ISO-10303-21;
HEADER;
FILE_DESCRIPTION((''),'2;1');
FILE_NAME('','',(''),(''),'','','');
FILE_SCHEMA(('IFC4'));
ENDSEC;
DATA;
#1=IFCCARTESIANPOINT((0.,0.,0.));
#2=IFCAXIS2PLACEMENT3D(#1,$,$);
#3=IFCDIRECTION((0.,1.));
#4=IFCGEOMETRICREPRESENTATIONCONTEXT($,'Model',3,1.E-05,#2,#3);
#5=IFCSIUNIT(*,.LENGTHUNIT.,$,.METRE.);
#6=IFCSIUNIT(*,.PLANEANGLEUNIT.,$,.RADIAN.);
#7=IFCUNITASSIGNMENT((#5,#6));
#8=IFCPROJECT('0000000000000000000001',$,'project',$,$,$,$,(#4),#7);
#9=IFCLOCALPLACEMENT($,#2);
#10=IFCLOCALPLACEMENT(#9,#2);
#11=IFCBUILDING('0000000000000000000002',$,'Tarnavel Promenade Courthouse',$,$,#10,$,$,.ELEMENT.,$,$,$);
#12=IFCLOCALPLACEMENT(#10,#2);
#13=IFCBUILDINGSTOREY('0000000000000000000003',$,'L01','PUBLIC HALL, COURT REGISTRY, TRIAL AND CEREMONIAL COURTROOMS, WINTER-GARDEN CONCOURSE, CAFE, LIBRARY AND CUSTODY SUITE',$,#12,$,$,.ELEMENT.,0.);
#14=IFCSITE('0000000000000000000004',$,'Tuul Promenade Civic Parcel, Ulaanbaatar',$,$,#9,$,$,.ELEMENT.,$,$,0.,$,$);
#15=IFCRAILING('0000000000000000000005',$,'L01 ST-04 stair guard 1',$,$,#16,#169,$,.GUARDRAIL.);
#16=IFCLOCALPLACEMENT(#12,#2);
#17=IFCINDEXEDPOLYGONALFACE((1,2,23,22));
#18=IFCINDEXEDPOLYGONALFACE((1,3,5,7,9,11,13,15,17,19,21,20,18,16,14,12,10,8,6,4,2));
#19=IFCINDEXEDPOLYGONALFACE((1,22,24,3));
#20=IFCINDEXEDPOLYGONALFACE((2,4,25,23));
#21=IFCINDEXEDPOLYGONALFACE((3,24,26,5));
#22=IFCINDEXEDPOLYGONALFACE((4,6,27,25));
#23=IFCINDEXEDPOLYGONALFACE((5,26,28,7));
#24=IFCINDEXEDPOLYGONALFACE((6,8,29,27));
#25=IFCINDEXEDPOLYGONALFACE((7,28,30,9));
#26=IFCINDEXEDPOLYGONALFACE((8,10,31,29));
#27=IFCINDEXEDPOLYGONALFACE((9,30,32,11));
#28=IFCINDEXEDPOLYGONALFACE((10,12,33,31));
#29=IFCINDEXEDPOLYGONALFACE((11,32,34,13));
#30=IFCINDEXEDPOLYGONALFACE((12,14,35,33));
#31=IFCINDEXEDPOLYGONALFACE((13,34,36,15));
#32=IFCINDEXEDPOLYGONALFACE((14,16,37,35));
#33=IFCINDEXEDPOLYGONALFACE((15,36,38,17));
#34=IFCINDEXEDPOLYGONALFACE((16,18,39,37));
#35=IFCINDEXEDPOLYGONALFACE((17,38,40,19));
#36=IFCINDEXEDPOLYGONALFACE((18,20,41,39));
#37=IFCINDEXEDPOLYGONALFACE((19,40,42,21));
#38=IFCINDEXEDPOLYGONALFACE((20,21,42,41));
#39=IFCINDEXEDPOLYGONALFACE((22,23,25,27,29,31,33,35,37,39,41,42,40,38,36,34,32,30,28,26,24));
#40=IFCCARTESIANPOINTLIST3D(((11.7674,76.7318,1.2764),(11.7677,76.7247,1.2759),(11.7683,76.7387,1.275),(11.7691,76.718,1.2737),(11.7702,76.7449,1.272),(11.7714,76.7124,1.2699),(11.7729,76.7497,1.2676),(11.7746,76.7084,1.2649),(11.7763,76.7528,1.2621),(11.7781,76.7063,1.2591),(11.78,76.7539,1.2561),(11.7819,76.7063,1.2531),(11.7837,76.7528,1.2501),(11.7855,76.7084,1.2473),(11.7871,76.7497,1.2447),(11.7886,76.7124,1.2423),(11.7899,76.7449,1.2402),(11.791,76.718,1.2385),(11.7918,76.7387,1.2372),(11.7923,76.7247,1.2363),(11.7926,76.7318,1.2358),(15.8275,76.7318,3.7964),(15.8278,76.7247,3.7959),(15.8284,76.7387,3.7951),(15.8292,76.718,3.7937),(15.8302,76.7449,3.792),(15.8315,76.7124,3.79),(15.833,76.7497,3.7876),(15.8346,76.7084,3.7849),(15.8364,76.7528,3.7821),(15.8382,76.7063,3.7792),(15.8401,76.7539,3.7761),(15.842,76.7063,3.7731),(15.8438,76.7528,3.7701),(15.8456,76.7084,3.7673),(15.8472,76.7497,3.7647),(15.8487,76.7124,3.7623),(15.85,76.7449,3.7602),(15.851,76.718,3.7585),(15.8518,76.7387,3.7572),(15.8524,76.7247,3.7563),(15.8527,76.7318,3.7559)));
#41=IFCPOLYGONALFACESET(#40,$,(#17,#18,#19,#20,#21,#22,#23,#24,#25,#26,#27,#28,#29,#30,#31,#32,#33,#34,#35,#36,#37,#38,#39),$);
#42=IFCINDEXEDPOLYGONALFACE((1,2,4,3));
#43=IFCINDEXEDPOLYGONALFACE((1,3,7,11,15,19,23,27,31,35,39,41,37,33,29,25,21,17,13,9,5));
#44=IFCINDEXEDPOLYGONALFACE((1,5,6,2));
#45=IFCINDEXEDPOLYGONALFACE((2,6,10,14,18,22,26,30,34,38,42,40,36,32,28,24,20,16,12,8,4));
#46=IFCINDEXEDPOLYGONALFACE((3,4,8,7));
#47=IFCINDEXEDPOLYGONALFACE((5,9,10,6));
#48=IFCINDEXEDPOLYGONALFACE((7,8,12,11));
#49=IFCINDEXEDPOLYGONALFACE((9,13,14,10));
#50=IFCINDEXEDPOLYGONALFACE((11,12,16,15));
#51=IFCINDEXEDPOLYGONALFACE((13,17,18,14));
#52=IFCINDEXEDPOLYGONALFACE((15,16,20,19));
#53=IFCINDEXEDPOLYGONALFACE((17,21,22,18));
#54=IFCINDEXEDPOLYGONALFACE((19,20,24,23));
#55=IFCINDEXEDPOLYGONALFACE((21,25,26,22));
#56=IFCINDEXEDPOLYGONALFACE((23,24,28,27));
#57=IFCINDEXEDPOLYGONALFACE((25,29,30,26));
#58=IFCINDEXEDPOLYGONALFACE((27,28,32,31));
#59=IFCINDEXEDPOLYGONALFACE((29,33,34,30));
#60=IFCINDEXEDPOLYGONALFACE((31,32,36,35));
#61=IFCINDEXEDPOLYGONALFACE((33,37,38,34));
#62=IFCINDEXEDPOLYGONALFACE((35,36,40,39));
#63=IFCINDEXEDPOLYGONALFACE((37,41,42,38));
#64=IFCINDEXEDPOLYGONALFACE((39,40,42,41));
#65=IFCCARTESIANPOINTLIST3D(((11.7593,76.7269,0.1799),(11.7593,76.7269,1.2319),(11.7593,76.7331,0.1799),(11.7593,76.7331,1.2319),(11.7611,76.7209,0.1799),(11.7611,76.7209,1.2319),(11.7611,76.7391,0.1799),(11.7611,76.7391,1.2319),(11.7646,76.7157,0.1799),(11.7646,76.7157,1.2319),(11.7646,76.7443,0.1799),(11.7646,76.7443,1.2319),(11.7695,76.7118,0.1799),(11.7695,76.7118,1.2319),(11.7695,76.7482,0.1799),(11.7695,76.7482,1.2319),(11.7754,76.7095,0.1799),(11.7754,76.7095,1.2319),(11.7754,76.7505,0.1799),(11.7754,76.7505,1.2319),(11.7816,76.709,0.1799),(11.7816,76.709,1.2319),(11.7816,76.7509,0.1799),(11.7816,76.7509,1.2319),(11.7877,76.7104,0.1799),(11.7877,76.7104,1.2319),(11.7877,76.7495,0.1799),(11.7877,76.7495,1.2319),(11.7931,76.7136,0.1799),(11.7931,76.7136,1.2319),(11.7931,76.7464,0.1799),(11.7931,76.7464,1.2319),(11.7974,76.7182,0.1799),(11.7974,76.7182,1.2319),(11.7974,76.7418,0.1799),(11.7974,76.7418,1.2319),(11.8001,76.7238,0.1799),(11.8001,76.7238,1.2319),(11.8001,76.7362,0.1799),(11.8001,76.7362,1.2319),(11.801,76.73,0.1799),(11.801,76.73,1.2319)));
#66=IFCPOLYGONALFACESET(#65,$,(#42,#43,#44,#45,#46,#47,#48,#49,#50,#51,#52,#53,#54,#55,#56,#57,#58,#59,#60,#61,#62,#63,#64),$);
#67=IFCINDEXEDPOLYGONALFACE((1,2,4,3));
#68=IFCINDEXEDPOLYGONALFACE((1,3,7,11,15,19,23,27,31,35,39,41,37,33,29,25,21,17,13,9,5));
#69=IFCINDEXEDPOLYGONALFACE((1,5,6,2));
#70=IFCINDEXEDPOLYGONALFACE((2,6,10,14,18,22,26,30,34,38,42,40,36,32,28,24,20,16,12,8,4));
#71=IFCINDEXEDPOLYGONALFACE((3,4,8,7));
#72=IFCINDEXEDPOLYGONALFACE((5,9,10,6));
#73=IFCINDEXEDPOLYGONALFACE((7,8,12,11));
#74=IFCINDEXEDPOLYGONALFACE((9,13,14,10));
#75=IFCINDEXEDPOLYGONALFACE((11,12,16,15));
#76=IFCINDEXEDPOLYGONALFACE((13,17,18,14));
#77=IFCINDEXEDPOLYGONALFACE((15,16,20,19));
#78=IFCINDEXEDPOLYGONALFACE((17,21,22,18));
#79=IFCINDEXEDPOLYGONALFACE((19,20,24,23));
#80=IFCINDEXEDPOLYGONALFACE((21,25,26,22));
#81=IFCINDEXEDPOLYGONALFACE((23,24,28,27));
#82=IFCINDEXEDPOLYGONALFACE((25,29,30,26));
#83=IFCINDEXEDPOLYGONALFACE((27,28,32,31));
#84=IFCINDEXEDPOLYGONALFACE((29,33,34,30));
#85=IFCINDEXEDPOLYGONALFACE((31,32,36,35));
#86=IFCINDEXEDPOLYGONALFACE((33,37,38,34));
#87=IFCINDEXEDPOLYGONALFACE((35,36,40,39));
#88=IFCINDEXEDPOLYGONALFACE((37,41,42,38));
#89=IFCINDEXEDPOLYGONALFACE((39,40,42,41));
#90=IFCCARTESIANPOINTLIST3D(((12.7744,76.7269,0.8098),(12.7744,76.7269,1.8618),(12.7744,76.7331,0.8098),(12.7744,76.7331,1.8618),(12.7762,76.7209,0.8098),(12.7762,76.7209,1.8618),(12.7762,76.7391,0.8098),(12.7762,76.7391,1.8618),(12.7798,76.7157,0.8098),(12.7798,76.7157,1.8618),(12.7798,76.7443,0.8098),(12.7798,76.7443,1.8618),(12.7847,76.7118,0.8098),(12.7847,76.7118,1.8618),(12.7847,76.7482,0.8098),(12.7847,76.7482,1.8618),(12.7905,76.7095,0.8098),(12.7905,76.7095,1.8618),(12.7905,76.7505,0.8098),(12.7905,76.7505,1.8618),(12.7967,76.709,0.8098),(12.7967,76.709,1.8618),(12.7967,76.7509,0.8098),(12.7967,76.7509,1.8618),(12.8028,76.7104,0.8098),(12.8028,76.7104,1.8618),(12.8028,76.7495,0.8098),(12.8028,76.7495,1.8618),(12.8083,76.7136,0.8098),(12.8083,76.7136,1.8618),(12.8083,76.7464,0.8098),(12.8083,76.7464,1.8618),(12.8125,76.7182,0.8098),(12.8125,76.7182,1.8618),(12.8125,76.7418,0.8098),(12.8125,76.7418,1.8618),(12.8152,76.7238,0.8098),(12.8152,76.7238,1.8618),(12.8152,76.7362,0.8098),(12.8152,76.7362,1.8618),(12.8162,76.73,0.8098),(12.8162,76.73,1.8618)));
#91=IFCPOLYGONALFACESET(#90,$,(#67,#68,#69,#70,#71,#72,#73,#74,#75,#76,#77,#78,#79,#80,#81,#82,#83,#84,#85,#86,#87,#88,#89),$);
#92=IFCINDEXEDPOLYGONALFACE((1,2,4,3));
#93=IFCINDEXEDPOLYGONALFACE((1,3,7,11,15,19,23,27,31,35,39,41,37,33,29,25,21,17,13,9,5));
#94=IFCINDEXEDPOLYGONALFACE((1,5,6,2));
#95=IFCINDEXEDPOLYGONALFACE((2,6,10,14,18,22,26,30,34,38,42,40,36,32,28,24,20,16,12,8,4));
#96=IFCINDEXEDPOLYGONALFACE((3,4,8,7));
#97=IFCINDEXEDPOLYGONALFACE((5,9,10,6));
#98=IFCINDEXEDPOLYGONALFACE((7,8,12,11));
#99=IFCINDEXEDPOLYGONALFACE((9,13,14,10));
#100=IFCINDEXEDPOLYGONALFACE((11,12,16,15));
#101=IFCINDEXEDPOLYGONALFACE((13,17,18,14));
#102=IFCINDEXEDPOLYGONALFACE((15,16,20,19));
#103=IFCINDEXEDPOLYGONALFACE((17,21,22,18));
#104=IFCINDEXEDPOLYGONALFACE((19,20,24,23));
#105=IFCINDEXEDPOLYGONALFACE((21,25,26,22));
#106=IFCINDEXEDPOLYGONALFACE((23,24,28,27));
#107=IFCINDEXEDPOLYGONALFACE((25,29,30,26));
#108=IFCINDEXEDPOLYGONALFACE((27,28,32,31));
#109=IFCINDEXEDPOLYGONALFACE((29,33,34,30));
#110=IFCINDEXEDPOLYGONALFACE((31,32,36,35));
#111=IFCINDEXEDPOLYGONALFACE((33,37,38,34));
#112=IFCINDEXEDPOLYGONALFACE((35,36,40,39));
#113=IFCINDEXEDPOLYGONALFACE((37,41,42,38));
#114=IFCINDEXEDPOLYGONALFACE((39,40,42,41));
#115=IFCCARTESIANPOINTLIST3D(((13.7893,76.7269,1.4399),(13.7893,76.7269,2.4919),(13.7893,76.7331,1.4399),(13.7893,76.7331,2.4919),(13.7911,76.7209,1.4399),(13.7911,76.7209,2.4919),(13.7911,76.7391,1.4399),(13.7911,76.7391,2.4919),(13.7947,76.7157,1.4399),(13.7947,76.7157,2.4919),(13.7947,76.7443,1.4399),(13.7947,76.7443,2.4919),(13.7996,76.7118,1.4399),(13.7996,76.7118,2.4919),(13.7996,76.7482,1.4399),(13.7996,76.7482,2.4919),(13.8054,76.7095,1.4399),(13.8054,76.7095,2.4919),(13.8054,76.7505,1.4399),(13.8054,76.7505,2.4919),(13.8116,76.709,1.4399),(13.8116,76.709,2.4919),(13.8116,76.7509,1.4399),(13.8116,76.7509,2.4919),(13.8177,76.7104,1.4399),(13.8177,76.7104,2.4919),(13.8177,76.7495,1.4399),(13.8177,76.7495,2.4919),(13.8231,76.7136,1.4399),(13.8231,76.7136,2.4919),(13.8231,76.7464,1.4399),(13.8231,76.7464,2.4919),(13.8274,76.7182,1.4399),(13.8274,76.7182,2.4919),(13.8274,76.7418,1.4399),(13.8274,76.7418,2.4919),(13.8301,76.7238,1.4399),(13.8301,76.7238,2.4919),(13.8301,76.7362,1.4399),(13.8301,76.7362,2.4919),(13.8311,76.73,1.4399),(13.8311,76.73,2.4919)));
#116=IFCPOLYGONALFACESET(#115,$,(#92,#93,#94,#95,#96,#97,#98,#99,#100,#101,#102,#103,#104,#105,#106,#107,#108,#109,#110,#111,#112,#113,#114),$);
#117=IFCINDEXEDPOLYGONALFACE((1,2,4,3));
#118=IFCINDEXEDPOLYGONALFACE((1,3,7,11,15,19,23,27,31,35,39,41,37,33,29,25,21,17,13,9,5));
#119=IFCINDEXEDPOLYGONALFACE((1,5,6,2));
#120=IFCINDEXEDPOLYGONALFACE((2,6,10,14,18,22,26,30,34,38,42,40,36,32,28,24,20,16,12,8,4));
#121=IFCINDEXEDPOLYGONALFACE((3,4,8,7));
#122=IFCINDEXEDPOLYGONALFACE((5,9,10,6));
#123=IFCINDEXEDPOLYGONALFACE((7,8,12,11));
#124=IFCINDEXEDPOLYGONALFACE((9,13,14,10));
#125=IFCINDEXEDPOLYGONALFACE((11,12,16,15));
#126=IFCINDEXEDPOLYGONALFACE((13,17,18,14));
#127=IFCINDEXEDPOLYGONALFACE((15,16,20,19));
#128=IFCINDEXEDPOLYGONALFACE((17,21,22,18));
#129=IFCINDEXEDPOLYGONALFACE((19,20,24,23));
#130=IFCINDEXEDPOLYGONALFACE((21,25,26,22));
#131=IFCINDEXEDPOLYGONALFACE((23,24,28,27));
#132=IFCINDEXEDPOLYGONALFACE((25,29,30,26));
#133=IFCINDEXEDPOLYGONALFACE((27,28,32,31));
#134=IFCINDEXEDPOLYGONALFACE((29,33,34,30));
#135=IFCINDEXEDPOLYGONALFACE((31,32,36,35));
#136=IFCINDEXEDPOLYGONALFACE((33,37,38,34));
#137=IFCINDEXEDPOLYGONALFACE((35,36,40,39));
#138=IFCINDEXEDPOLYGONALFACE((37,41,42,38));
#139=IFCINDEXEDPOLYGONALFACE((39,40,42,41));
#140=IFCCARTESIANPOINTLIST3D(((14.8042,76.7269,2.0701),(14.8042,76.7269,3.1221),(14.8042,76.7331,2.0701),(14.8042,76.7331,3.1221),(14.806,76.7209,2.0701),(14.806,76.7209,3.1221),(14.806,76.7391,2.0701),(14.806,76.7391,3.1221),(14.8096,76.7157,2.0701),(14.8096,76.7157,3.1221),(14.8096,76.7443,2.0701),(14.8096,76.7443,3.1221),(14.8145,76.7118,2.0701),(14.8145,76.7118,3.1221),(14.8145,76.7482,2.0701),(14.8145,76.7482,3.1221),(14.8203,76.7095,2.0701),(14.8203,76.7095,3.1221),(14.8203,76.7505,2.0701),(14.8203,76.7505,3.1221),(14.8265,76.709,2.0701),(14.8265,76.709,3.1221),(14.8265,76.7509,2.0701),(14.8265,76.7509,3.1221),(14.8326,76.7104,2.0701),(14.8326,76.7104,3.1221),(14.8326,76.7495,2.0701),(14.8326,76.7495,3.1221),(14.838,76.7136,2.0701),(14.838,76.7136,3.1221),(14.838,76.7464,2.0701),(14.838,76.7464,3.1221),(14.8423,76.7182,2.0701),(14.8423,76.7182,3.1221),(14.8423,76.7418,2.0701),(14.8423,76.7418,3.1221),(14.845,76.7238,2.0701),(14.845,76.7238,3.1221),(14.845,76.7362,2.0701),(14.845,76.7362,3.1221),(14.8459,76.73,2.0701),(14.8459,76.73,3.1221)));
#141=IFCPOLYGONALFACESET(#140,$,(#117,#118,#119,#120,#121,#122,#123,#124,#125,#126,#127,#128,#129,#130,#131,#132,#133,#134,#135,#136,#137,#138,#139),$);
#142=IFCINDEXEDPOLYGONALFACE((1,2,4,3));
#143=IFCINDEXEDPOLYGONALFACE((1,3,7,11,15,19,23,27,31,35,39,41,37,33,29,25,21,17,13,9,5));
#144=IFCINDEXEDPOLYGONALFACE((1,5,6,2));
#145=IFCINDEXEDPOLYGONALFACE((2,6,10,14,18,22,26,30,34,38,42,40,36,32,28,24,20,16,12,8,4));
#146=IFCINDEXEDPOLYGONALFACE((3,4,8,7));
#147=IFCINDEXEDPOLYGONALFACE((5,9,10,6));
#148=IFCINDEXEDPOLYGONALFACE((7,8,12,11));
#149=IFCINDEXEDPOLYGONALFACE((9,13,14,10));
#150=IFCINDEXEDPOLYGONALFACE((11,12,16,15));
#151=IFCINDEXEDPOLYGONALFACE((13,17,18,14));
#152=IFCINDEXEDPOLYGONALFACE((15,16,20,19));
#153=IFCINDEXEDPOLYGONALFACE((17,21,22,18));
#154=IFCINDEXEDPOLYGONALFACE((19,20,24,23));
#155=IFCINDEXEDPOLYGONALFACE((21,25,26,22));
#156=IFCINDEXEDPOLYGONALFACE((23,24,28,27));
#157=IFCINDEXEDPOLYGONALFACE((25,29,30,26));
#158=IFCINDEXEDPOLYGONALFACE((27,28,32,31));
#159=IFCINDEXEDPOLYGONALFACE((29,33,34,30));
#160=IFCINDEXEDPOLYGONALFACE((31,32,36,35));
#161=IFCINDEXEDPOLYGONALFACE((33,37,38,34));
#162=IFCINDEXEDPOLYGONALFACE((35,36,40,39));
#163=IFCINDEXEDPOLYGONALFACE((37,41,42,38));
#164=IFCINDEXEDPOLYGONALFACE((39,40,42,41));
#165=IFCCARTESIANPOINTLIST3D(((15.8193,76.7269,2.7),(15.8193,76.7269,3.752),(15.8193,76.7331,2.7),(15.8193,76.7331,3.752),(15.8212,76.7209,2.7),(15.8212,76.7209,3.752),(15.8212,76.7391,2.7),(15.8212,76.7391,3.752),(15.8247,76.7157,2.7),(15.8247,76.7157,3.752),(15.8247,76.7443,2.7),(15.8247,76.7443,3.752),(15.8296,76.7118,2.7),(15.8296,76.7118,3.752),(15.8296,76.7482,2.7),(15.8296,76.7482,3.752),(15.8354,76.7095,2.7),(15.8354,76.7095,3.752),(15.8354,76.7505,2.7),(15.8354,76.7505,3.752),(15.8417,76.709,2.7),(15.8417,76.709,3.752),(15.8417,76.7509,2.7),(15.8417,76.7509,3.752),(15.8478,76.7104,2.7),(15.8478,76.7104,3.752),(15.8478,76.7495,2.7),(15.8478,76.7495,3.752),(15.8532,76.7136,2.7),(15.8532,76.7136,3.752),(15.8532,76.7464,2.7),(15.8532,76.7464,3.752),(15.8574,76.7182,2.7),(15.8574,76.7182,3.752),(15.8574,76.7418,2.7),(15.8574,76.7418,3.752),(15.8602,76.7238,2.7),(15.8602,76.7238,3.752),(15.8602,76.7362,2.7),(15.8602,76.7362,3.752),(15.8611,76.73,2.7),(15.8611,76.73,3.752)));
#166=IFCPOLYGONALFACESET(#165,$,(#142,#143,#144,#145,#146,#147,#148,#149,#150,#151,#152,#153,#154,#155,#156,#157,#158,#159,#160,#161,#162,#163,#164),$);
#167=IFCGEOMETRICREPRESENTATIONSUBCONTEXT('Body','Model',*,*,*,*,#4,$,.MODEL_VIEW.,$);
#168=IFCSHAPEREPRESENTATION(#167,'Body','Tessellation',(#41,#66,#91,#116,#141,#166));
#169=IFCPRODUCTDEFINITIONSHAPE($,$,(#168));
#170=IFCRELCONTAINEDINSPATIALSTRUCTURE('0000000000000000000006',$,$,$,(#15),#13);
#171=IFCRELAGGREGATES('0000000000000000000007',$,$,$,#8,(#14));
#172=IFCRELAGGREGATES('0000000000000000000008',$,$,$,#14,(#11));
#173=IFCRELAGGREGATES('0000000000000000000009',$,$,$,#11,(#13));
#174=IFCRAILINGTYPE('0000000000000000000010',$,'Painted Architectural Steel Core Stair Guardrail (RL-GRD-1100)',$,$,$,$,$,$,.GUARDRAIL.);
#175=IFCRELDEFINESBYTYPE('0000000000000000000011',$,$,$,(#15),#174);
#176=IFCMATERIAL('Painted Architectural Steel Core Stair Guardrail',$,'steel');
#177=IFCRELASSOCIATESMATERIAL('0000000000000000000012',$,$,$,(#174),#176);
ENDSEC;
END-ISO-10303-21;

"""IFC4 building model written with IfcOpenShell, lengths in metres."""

from ifc_helpers import new_model, si_unit, direction, frame, origin, origin_2d, place, context, subcontext, project, spatial, circle, extrude, material, type_object, element, save


model = new_model("IFC4")

# Units and contexts
model_context = context("Model", 3, precision=1e-05, world=origin(), true_north=direction((0.0, 1.0)))
body_context = subcontext(model_context, "Body", "Model", "MODEL_VIEW")
ifc_project = project(units=[si_unit("LENGTHUNIT", "METRE"), si_unit("PLANEANGLEUNIT", "RADIAN")], contexts=[model_context])

# Site, building, storey
site_placement = place(None, origin())
site = spatial("IfcSite", under=ifc_project, at=site_placement, Name="Tuul Promenade Civic Parcel, Ulaanbaatar", CompositionType="ELEMENT", RefElevation=0.0)
building_placement = place(site_placement, origin())
building = spatial("IfcBuilding", under=site, at=building_placement, Name="Tarnavel Promenade Courthouse", CompositionType="ELEMENT")
storey_placement = place(building_placement, origin())
storey = spatial("IfcBuildingStorey", under=building, at=storey_placement, Name="L01", Description="PUBLIC HALL, COURT REGISTRY, TRIAL AND CEREMONIAL COURTROOMS, WINTER-GARDEN CONCOURSE, CAFE, LIBRARY AND CUSTODY SUITE", CompositionType="ELEMENT", Elevation=0.0)

# Railing
ifc_material_1 = material(Name="Painted Architectural Steel Core Stair Guardrail", Category="steel")
railing_type_1 = type_object("IfcRailingType", Name="Painted Architectural Steel Core Stair Guardrail (RL-GRD-1100)", PredefinedType="GUARDRAIL", material=ifc_material_1)
railing_1_placement = place(storey_placement, frame((11.78, 76.73, 0.1799)))
element("IfcRailing", 1, at=railing_1_placement, inside=storey, type_object=railing_type_1, Name="L01 ST-04 stair guard 1", PredefinedType="GUARDRAIL", context=body_context, shape_type="SweptSolid", body=[
    extrude(circle(Radius=0.0239, at=origin_2d()), frame((0.0, 0.0, 1.0762), z_axis=(0.849642, 0.0, 0.52736), x_axis=(0.0, 1.0, 0.0)), (0.0, 0.0, 1.0), 4.7786),
    extrude(circle(Radius=0.021, at=origin_2d()), origin(), (0.0, 0.0, 1.0), 1.052),
    extrude(circle(Radius=0.021, at=origin_2d()), frame((1.0151, 0.0, 0.6299)), (0.0, 0.0, 1.0), 1.052),
    extrude(circle(Radius=0.021, at=origin_2d()), frame((2.03, 0.0, 1.26)), (0.0, 0.0, 1.0), 1.052),
    extrude(circle(Radius=0.021, at=origin_2d()), frame((3.0449, 0.0, 1.8901)), (0.0, 0.0, 1.0), 1.052),
    extrude(circle(Radius=0.021, at=origin_2d()), frame((4.0601, 0.0, 2.52)), (0.0, 0.0, 1.0), 1.052),
])

save(model, "model.ifc")
